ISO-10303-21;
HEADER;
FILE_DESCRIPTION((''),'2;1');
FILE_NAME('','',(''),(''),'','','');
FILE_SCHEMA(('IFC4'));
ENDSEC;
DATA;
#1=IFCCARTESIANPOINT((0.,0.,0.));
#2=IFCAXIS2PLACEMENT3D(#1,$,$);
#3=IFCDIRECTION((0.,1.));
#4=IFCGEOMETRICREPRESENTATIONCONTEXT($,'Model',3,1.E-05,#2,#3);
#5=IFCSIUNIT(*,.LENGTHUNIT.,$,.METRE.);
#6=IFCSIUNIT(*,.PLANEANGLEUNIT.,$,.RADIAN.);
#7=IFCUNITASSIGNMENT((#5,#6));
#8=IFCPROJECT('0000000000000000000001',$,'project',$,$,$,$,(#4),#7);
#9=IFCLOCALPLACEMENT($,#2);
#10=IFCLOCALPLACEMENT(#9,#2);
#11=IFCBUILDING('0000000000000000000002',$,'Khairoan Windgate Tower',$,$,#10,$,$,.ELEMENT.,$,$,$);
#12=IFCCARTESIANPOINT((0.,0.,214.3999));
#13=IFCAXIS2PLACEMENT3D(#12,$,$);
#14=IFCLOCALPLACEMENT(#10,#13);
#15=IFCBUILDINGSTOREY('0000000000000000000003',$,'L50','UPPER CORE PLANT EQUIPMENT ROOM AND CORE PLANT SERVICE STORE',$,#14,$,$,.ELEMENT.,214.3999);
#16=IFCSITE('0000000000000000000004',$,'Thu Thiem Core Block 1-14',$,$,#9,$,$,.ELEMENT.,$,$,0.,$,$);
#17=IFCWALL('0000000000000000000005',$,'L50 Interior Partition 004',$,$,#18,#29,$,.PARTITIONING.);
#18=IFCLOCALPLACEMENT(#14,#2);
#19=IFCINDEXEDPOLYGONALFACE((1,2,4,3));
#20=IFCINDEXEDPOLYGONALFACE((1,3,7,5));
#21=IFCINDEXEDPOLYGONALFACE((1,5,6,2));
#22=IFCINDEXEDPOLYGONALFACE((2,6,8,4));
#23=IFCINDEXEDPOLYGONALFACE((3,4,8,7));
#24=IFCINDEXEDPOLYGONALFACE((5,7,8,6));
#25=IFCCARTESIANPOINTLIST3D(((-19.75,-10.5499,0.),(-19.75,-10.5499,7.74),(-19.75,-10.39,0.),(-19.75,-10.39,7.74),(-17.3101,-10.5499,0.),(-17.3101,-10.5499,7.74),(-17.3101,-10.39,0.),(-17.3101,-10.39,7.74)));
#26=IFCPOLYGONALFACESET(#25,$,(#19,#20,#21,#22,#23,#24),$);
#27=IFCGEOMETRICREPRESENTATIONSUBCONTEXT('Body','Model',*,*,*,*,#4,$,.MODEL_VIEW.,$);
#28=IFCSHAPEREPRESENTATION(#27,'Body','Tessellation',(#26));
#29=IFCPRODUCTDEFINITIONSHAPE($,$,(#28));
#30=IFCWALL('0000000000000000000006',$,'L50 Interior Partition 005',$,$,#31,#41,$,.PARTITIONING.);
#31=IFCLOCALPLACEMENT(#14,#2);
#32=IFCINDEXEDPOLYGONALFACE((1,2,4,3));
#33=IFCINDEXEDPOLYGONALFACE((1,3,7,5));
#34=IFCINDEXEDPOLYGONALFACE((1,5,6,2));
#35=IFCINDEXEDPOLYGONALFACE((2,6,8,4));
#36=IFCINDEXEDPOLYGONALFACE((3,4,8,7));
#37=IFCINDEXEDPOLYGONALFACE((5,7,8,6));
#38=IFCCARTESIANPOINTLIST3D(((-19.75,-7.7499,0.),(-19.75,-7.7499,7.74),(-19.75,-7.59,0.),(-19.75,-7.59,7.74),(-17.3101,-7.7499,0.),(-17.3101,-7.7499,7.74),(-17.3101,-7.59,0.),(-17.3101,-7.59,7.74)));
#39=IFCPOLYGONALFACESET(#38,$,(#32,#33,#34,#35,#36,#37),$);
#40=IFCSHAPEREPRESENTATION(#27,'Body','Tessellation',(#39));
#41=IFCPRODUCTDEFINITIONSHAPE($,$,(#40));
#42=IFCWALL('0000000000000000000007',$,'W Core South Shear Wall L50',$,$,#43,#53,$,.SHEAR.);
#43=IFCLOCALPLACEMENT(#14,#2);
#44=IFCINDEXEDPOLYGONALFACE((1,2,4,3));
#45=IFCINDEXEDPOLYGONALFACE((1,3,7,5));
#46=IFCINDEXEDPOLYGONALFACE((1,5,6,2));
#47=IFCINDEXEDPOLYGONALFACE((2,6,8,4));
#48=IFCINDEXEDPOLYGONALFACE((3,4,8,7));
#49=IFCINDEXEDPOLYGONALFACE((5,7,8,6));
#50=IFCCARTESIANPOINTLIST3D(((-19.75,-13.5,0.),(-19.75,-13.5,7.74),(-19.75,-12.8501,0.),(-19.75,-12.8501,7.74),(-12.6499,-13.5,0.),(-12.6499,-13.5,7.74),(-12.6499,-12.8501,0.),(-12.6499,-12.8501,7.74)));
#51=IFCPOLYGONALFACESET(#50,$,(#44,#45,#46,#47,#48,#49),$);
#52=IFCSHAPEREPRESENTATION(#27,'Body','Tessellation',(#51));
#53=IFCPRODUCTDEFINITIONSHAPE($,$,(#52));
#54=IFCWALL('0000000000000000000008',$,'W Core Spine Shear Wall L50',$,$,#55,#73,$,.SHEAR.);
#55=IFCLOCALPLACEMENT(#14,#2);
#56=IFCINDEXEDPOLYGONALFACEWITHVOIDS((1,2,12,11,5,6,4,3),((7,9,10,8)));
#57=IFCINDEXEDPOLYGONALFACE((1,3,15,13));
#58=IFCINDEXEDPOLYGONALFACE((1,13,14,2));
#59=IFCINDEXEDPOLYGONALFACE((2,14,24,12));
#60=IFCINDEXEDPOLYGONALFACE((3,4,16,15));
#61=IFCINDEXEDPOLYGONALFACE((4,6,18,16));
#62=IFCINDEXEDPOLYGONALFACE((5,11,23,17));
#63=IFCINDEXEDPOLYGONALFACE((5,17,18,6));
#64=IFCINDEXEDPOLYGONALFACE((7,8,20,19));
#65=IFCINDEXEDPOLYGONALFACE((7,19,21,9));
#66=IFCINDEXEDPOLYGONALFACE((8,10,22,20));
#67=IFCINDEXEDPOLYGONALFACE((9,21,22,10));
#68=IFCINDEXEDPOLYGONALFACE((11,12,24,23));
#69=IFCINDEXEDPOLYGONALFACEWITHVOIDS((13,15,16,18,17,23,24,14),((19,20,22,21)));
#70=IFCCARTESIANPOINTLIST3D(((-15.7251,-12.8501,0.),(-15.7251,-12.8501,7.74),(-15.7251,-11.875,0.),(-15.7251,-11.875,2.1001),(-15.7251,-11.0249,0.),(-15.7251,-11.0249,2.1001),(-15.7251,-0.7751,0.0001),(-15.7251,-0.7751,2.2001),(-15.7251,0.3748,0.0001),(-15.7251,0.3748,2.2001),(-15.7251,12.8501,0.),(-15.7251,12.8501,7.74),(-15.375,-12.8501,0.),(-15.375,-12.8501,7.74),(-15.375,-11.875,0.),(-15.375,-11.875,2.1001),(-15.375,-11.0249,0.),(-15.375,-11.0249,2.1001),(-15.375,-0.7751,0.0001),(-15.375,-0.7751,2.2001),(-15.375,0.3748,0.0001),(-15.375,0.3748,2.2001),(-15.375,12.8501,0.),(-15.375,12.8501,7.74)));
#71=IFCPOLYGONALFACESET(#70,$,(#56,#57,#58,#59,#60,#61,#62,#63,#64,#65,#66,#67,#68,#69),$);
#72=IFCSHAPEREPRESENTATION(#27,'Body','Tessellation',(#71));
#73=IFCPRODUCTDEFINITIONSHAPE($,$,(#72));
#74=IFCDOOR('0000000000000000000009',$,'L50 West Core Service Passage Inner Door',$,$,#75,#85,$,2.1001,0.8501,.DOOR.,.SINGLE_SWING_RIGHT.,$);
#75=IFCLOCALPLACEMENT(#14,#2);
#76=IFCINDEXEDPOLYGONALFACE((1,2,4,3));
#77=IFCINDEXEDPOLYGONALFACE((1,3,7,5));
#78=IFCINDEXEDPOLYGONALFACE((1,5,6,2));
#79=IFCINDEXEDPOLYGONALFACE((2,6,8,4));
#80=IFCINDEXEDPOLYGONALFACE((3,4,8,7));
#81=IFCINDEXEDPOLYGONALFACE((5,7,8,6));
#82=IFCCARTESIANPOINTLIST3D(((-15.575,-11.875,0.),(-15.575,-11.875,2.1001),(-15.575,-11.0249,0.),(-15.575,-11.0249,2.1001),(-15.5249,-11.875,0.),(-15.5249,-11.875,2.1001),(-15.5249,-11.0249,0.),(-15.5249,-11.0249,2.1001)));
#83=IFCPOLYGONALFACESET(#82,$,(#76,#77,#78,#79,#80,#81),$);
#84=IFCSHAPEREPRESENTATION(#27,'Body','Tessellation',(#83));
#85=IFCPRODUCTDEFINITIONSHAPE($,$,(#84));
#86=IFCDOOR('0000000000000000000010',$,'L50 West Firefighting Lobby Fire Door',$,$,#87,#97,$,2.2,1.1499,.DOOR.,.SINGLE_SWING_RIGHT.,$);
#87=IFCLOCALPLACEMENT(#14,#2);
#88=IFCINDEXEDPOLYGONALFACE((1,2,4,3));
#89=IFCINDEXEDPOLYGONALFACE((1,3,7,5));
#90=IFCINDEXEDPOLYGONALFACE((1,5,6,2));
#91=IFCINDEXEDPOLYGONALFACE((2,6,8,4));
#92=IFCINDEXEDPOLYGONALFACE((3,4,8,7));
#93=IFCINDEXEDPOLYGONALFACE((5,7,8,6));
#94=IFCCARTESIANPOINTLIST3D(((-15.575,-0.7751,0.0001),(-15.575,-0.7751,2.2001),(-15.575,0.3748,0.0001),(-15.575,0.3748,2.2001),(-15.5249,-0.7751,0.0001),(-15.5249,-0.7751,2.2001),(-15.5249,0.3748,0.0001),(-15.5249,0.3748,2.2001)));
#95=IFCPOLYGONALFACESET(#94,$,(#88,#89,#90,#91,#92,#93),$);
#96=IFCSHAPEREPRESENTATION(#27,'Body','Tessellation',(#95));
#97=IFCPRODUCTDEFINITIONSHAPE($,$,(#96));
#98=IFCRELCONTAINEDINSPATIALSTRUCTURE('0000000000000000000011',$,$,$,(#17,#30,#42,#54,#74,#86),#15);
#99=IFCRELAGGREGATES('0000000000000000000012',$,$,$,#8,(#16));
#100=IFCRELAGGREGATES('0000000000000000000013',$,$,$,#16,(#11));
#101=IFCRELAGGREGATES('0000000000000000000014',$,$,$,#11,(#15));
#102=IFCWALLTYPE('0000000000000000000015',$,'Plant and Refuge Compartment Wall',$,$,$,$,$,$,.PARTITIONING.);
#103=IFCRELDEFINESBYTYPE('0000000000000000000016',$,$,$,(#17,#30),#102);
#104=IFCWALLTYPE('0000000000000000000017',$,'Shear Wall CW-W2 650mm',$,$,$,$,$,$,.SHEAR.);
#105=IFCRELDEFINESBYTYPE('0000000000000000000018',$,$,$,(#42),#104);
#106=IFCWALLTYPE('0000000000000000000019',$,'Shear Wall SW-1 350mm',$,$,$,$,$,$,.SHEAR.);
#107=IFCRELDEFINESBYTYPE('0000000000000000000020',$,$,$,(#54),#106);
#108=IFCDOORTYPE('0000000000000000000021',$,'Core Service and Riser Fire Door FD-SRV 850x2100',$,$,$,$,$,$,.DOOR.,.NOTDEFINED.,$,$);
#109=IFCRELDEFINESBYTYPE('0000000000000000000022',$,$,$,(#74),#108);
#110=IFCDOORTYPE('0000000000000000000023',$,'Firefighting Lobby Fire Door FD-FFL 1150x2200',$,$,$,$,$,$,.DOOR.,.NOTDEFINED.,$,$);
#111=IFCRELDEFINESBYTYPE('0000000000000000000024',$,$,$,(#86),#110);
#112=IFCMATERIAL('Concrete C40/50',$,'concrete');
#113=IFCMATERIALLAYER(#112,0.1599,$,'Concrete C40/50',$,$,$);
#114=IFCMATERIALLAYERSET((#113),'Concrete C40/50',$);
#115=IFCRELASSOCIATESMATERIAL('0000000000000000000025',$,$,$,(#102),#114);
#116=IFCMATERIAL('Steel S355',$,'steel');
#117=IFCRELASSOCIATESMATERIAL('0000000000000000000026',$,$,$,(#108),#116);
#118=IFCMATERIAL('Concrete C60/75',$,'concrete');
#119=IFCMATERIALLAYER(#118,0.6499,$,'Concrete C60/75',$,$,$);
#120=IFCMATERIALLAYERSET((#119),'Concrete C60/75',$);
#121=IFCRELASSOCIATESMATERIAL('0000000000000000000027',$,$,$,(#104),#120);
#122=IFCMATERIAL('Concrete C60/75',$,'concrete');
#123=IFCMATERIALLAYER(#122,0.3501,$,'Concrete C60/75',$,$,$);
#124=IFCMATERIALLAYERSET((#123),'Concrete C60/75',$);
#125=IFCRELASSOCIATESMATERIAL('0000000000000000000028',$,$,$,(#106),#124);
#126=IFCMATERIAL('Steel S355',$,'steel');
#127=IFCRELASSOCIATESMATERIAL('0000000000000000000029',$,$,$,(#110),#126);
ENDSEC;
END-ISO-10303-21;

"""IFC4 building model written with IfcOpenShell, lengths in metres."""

from ifc_helpers import new_model, si_unit, direction, frame, frame_2d, origin, place, context, subcontext, project, spatial, rectangle, extrude, material, layer, layer_set, type_object, element, fill, save


model = new_model("IFC4")

# Units and contexts
model_context = context("Model", 3, precision=1e-05, world=origin(), true_north=direction((0.0, 1.0)))
body_context = subcontext(model_context, "Body", "Model", "MODEL_VIEW")
ifc_project = project(units=[si_unit("LENGTHUNIT", "METRE"), si_unit("PLANEANGLEUNIT", "RADIAN")], contexts=[model_context])

# Site, building, storey
site_placement = place(None, origin())
site = spatial("IfcSite", under=ifc_project, at=site_placement, Name="Thu Thiem Core Block 1-14", CompositionType="ELEMENT", RefElevation=0.0)
building_placement = place(site_placement, origin())
building = spatial("IfcBuilding", under=site, at=building_placement, Name="Khairoan Windgate Tower", CompositionType="ELEMENT")
storey_placement = place(building_placement, frame((0.0, 0.0, 214.3999)))
storey = spatial("IfcBuildingStorey", under=building, at=storey_placement, Name="L50", Description="UPPER CORE PLANT EQUIPMENT ROOM AND CORE PLANT SERVICE STORE", CompositionType="ELEMENT", Elevation=214.3999)

# Shared definitions
ifc_material_1 = material(Name="Concrete C40/50", Category="concrete")
ifc_layer_1 = layer(ifc_material_1, 0.1599, Name="Concrete C40/50")
ifc_layer_set_1 = layer_set([ifc_layer_1], Name="Concrete C40/50")
wall_type_1 = type_object("IfcWallType", Name="Plant and Refuge Compartment Wall", PredefinedType="PARTITIONING", material=ifc_layer_set_1)
ifc_material_2 = material(Name="Steel S355", Category="steel")
door_type_1 = type_object("IfcDoorType", Name="Core Service and Riser Fire Door FD-SRV 850x2100", OperationType="NOTDEFINED", PredefinedType="DOOR", material=ifc_material_2)

# Walls
for number, where, z_axis, x_axis, name in (
    (1, (-19.75, -10.47, 0.0), (0.0, 0.0, 1.0), (1.0, 0.0, 0.0), "L50 Interior Partition 004"),
    (2, (-19.75, -7.6699, 0.0), (0.0, 0.0, 1.0), (1.0, 0.0, 0.0), "L50 Interior Partition 005"),
):
    element("IfcWall", number, at=place(storey_placement, frame(where, z_axis=z_axis, x_axis=x_axis)), inside=storey, type_object=wall_type_1, Name=name, PredefinedType="PARTITIONING", context=body_context, shape_type="SweptSolid", body=[
        extrude(rectangle(XDim=2.4399, YDim=0.1599, at=frame_2d((1.22, 0.0))), origin(), (0.0, 0.0, 1.0), 7.74),
    ])
ifc_material_3 = material(Name="Concrete C60/75", Category="concrete")
ifc_layer_2 = layer(ifc_material_3, 0.6499, Name="Concrete C60/75")
ifc_layer_set_2 = layer_set([ifc_layer_2], Name="Concrete C60/75")
wall_type_2 = type_object("IfcWallType", Name="Shear Wall CW-W2 650mm", PredefinedType="SHEAR", material=ifc_layer_set_2)
wall_1_placement = place(storey_placement, frame((-19.75, -13.175, 0.0), z_axis=(0.0, 0.0, 1.0), x_axis=(1.0, 0.0, 0.0)))
element("IfcWall", 3, at=wall_1_placement, inside=storey, type_object=wall_type_2, Name="W Core South Shear Wall L50", PredefinedType="SHEAR", context=body_context, shape_type="SweptSolid", body=[
    extrude(rectangle(XDim=7.1001, YDim=0.6499, at=frame_2d((3.55, 0.0))), origin(), (0.0, 0.0, 1.0), 7.74),
])

# Wall, openings, doors
ifc_material_4 = material(Name="Concrete C60/75", Category="concrete")
ifc_layer_3 = layer(ifc_material_4, 0.3501, Name="Concrete C60/75")
ifc_layer_set_3 = layer_set([ifc_layer_3], Name="Concrete C60/75")
wall_type_3 = type_object("IfcWallType", Name="Shear Wall SW-1 350mm", PredefinedType="SHEAR", material=ifc_layer_set_3)
wall_2_placement = place(storey_placement, frame((-15.55, -12.8501, 0.0), z_axis=(0.0, 0.0, 1.0), x_axis=(0.0, 1.0, 0.0)))
wall_2 = element("IfcWall", 4, at=wall_2_placement, inside=storey, type_object=wall_type_3, Name="W Core Spine Shear Wall L50", PredefinedType="SHEAR", context=body_context, shape_type="SweptSolid", body=[
    extrude(rectangle(XDim=25.7002, YDim=0.3501, at=frame_2d((12.8501, 0.0))), origin(), (0.0, 0.0, 1.0), 7.74),
])
opening_1_placement = place(wall_2_placement, frame((12.075, 0.0, 0.0)))
opening_1 = element("IfcOpeningElement", 5, at=opening_1_placement, cuts=wall_2, PredefinedType="OPENING", context=body_context, shape_type="SweptSolid", body=[
    extrude(rectangle(XDim=1.1499, YDim=2.2, at=frame_2d((0.575, 1.1001))), frame((0.0, 0.1851, 0.0), z_axis=(0.0, -1.0, 0.0), x_axis=(1.0, 0.0, 0.0)), (0.0, 0.0, 1.0), 0.3701),
])
opening_2_placement = place(wall_2_placement, frame((0.9751, 0.0, 0.0)))
opening_2 = element("IfcOpeningElement", 6, at=opening_2_placement, cuts=wall_2, PredefinedType="OPENING", context=body_context, shape_type="SweptSolid", body=[
    extrude(rectangle(XDim=0.8501, YDim=2.1001, at=frame_2d((0.425, 1.05))), frame((0.0, 0.1851, 0.0), z_axis=(0.0, -1.0, 0.0), x_axis=(1.0, 0.0, 0.0)), (0.0, 0.0, 1.0), 0.3701),
])
door_1_placement = place(opening_2_placement, origin())
door_1 = element("IfcDoor", 7, at=door_1_placement, inside=storey, type_object=door_type_1, Name="L50 West Core Service Passage Inner Door", OperationType="SINGLE_SWING_RIGHT", OverallHeight=2.1001, OverallWidth=0.8501, PredefinedType="DOOR", context=body_context, shape_type="SweptSolid", body=[
    extrude(rectangle(XDim=0.8501, YDim=2.1001, at=frame_2d((0.425, 1.05))), frame((0.0, 0.0249, 0.0), z_axis=(0.0, -1.0, 0.0), x_axis=(1.0, 0.0, 0.0)), (0.0, 0.0, 1.0), 0.05),
])
fill(opening_2, door_1)
ifc_material_5 = material(Name="Steel S355", Category="steel")
door_type_2 = type_object("IfcDoorType", Name="Firefighting Lobby Fire Door FD-FFL 1150x2200", OperationType="NOTDEFINED", PredefinedType="DOOR", material=ifc_material_5)
door_2_placement = place(opening_1_placement, origin())
door_2 = element("IfcDoor", 8, at=door_2_placement, inside=storey, type_object=door_type_2, Name="L50 West Firefighting Lobby Fire Door", OperationType="SINGLE_SWING_RIGHT", OverallHeight=2.2, OverallWidth=1.1499, PredefinedType="DOOR", context=body_context, shape_type="SweptSolid", body=[
    extrude(rectangle(XDim=1.1499, YDim=2.2, at=frame_2d((0.575, 1.1001))), frame((0.0, 0.0249, 0.0), z_axis=(0.0, -1.0, 0.0), x_axis=(1.0, 0.0, 0.0)), (0.0, 0.0, 1.0), 0.05),
])
fill(opening_1, door_2)

save(model, "model.ifc")
